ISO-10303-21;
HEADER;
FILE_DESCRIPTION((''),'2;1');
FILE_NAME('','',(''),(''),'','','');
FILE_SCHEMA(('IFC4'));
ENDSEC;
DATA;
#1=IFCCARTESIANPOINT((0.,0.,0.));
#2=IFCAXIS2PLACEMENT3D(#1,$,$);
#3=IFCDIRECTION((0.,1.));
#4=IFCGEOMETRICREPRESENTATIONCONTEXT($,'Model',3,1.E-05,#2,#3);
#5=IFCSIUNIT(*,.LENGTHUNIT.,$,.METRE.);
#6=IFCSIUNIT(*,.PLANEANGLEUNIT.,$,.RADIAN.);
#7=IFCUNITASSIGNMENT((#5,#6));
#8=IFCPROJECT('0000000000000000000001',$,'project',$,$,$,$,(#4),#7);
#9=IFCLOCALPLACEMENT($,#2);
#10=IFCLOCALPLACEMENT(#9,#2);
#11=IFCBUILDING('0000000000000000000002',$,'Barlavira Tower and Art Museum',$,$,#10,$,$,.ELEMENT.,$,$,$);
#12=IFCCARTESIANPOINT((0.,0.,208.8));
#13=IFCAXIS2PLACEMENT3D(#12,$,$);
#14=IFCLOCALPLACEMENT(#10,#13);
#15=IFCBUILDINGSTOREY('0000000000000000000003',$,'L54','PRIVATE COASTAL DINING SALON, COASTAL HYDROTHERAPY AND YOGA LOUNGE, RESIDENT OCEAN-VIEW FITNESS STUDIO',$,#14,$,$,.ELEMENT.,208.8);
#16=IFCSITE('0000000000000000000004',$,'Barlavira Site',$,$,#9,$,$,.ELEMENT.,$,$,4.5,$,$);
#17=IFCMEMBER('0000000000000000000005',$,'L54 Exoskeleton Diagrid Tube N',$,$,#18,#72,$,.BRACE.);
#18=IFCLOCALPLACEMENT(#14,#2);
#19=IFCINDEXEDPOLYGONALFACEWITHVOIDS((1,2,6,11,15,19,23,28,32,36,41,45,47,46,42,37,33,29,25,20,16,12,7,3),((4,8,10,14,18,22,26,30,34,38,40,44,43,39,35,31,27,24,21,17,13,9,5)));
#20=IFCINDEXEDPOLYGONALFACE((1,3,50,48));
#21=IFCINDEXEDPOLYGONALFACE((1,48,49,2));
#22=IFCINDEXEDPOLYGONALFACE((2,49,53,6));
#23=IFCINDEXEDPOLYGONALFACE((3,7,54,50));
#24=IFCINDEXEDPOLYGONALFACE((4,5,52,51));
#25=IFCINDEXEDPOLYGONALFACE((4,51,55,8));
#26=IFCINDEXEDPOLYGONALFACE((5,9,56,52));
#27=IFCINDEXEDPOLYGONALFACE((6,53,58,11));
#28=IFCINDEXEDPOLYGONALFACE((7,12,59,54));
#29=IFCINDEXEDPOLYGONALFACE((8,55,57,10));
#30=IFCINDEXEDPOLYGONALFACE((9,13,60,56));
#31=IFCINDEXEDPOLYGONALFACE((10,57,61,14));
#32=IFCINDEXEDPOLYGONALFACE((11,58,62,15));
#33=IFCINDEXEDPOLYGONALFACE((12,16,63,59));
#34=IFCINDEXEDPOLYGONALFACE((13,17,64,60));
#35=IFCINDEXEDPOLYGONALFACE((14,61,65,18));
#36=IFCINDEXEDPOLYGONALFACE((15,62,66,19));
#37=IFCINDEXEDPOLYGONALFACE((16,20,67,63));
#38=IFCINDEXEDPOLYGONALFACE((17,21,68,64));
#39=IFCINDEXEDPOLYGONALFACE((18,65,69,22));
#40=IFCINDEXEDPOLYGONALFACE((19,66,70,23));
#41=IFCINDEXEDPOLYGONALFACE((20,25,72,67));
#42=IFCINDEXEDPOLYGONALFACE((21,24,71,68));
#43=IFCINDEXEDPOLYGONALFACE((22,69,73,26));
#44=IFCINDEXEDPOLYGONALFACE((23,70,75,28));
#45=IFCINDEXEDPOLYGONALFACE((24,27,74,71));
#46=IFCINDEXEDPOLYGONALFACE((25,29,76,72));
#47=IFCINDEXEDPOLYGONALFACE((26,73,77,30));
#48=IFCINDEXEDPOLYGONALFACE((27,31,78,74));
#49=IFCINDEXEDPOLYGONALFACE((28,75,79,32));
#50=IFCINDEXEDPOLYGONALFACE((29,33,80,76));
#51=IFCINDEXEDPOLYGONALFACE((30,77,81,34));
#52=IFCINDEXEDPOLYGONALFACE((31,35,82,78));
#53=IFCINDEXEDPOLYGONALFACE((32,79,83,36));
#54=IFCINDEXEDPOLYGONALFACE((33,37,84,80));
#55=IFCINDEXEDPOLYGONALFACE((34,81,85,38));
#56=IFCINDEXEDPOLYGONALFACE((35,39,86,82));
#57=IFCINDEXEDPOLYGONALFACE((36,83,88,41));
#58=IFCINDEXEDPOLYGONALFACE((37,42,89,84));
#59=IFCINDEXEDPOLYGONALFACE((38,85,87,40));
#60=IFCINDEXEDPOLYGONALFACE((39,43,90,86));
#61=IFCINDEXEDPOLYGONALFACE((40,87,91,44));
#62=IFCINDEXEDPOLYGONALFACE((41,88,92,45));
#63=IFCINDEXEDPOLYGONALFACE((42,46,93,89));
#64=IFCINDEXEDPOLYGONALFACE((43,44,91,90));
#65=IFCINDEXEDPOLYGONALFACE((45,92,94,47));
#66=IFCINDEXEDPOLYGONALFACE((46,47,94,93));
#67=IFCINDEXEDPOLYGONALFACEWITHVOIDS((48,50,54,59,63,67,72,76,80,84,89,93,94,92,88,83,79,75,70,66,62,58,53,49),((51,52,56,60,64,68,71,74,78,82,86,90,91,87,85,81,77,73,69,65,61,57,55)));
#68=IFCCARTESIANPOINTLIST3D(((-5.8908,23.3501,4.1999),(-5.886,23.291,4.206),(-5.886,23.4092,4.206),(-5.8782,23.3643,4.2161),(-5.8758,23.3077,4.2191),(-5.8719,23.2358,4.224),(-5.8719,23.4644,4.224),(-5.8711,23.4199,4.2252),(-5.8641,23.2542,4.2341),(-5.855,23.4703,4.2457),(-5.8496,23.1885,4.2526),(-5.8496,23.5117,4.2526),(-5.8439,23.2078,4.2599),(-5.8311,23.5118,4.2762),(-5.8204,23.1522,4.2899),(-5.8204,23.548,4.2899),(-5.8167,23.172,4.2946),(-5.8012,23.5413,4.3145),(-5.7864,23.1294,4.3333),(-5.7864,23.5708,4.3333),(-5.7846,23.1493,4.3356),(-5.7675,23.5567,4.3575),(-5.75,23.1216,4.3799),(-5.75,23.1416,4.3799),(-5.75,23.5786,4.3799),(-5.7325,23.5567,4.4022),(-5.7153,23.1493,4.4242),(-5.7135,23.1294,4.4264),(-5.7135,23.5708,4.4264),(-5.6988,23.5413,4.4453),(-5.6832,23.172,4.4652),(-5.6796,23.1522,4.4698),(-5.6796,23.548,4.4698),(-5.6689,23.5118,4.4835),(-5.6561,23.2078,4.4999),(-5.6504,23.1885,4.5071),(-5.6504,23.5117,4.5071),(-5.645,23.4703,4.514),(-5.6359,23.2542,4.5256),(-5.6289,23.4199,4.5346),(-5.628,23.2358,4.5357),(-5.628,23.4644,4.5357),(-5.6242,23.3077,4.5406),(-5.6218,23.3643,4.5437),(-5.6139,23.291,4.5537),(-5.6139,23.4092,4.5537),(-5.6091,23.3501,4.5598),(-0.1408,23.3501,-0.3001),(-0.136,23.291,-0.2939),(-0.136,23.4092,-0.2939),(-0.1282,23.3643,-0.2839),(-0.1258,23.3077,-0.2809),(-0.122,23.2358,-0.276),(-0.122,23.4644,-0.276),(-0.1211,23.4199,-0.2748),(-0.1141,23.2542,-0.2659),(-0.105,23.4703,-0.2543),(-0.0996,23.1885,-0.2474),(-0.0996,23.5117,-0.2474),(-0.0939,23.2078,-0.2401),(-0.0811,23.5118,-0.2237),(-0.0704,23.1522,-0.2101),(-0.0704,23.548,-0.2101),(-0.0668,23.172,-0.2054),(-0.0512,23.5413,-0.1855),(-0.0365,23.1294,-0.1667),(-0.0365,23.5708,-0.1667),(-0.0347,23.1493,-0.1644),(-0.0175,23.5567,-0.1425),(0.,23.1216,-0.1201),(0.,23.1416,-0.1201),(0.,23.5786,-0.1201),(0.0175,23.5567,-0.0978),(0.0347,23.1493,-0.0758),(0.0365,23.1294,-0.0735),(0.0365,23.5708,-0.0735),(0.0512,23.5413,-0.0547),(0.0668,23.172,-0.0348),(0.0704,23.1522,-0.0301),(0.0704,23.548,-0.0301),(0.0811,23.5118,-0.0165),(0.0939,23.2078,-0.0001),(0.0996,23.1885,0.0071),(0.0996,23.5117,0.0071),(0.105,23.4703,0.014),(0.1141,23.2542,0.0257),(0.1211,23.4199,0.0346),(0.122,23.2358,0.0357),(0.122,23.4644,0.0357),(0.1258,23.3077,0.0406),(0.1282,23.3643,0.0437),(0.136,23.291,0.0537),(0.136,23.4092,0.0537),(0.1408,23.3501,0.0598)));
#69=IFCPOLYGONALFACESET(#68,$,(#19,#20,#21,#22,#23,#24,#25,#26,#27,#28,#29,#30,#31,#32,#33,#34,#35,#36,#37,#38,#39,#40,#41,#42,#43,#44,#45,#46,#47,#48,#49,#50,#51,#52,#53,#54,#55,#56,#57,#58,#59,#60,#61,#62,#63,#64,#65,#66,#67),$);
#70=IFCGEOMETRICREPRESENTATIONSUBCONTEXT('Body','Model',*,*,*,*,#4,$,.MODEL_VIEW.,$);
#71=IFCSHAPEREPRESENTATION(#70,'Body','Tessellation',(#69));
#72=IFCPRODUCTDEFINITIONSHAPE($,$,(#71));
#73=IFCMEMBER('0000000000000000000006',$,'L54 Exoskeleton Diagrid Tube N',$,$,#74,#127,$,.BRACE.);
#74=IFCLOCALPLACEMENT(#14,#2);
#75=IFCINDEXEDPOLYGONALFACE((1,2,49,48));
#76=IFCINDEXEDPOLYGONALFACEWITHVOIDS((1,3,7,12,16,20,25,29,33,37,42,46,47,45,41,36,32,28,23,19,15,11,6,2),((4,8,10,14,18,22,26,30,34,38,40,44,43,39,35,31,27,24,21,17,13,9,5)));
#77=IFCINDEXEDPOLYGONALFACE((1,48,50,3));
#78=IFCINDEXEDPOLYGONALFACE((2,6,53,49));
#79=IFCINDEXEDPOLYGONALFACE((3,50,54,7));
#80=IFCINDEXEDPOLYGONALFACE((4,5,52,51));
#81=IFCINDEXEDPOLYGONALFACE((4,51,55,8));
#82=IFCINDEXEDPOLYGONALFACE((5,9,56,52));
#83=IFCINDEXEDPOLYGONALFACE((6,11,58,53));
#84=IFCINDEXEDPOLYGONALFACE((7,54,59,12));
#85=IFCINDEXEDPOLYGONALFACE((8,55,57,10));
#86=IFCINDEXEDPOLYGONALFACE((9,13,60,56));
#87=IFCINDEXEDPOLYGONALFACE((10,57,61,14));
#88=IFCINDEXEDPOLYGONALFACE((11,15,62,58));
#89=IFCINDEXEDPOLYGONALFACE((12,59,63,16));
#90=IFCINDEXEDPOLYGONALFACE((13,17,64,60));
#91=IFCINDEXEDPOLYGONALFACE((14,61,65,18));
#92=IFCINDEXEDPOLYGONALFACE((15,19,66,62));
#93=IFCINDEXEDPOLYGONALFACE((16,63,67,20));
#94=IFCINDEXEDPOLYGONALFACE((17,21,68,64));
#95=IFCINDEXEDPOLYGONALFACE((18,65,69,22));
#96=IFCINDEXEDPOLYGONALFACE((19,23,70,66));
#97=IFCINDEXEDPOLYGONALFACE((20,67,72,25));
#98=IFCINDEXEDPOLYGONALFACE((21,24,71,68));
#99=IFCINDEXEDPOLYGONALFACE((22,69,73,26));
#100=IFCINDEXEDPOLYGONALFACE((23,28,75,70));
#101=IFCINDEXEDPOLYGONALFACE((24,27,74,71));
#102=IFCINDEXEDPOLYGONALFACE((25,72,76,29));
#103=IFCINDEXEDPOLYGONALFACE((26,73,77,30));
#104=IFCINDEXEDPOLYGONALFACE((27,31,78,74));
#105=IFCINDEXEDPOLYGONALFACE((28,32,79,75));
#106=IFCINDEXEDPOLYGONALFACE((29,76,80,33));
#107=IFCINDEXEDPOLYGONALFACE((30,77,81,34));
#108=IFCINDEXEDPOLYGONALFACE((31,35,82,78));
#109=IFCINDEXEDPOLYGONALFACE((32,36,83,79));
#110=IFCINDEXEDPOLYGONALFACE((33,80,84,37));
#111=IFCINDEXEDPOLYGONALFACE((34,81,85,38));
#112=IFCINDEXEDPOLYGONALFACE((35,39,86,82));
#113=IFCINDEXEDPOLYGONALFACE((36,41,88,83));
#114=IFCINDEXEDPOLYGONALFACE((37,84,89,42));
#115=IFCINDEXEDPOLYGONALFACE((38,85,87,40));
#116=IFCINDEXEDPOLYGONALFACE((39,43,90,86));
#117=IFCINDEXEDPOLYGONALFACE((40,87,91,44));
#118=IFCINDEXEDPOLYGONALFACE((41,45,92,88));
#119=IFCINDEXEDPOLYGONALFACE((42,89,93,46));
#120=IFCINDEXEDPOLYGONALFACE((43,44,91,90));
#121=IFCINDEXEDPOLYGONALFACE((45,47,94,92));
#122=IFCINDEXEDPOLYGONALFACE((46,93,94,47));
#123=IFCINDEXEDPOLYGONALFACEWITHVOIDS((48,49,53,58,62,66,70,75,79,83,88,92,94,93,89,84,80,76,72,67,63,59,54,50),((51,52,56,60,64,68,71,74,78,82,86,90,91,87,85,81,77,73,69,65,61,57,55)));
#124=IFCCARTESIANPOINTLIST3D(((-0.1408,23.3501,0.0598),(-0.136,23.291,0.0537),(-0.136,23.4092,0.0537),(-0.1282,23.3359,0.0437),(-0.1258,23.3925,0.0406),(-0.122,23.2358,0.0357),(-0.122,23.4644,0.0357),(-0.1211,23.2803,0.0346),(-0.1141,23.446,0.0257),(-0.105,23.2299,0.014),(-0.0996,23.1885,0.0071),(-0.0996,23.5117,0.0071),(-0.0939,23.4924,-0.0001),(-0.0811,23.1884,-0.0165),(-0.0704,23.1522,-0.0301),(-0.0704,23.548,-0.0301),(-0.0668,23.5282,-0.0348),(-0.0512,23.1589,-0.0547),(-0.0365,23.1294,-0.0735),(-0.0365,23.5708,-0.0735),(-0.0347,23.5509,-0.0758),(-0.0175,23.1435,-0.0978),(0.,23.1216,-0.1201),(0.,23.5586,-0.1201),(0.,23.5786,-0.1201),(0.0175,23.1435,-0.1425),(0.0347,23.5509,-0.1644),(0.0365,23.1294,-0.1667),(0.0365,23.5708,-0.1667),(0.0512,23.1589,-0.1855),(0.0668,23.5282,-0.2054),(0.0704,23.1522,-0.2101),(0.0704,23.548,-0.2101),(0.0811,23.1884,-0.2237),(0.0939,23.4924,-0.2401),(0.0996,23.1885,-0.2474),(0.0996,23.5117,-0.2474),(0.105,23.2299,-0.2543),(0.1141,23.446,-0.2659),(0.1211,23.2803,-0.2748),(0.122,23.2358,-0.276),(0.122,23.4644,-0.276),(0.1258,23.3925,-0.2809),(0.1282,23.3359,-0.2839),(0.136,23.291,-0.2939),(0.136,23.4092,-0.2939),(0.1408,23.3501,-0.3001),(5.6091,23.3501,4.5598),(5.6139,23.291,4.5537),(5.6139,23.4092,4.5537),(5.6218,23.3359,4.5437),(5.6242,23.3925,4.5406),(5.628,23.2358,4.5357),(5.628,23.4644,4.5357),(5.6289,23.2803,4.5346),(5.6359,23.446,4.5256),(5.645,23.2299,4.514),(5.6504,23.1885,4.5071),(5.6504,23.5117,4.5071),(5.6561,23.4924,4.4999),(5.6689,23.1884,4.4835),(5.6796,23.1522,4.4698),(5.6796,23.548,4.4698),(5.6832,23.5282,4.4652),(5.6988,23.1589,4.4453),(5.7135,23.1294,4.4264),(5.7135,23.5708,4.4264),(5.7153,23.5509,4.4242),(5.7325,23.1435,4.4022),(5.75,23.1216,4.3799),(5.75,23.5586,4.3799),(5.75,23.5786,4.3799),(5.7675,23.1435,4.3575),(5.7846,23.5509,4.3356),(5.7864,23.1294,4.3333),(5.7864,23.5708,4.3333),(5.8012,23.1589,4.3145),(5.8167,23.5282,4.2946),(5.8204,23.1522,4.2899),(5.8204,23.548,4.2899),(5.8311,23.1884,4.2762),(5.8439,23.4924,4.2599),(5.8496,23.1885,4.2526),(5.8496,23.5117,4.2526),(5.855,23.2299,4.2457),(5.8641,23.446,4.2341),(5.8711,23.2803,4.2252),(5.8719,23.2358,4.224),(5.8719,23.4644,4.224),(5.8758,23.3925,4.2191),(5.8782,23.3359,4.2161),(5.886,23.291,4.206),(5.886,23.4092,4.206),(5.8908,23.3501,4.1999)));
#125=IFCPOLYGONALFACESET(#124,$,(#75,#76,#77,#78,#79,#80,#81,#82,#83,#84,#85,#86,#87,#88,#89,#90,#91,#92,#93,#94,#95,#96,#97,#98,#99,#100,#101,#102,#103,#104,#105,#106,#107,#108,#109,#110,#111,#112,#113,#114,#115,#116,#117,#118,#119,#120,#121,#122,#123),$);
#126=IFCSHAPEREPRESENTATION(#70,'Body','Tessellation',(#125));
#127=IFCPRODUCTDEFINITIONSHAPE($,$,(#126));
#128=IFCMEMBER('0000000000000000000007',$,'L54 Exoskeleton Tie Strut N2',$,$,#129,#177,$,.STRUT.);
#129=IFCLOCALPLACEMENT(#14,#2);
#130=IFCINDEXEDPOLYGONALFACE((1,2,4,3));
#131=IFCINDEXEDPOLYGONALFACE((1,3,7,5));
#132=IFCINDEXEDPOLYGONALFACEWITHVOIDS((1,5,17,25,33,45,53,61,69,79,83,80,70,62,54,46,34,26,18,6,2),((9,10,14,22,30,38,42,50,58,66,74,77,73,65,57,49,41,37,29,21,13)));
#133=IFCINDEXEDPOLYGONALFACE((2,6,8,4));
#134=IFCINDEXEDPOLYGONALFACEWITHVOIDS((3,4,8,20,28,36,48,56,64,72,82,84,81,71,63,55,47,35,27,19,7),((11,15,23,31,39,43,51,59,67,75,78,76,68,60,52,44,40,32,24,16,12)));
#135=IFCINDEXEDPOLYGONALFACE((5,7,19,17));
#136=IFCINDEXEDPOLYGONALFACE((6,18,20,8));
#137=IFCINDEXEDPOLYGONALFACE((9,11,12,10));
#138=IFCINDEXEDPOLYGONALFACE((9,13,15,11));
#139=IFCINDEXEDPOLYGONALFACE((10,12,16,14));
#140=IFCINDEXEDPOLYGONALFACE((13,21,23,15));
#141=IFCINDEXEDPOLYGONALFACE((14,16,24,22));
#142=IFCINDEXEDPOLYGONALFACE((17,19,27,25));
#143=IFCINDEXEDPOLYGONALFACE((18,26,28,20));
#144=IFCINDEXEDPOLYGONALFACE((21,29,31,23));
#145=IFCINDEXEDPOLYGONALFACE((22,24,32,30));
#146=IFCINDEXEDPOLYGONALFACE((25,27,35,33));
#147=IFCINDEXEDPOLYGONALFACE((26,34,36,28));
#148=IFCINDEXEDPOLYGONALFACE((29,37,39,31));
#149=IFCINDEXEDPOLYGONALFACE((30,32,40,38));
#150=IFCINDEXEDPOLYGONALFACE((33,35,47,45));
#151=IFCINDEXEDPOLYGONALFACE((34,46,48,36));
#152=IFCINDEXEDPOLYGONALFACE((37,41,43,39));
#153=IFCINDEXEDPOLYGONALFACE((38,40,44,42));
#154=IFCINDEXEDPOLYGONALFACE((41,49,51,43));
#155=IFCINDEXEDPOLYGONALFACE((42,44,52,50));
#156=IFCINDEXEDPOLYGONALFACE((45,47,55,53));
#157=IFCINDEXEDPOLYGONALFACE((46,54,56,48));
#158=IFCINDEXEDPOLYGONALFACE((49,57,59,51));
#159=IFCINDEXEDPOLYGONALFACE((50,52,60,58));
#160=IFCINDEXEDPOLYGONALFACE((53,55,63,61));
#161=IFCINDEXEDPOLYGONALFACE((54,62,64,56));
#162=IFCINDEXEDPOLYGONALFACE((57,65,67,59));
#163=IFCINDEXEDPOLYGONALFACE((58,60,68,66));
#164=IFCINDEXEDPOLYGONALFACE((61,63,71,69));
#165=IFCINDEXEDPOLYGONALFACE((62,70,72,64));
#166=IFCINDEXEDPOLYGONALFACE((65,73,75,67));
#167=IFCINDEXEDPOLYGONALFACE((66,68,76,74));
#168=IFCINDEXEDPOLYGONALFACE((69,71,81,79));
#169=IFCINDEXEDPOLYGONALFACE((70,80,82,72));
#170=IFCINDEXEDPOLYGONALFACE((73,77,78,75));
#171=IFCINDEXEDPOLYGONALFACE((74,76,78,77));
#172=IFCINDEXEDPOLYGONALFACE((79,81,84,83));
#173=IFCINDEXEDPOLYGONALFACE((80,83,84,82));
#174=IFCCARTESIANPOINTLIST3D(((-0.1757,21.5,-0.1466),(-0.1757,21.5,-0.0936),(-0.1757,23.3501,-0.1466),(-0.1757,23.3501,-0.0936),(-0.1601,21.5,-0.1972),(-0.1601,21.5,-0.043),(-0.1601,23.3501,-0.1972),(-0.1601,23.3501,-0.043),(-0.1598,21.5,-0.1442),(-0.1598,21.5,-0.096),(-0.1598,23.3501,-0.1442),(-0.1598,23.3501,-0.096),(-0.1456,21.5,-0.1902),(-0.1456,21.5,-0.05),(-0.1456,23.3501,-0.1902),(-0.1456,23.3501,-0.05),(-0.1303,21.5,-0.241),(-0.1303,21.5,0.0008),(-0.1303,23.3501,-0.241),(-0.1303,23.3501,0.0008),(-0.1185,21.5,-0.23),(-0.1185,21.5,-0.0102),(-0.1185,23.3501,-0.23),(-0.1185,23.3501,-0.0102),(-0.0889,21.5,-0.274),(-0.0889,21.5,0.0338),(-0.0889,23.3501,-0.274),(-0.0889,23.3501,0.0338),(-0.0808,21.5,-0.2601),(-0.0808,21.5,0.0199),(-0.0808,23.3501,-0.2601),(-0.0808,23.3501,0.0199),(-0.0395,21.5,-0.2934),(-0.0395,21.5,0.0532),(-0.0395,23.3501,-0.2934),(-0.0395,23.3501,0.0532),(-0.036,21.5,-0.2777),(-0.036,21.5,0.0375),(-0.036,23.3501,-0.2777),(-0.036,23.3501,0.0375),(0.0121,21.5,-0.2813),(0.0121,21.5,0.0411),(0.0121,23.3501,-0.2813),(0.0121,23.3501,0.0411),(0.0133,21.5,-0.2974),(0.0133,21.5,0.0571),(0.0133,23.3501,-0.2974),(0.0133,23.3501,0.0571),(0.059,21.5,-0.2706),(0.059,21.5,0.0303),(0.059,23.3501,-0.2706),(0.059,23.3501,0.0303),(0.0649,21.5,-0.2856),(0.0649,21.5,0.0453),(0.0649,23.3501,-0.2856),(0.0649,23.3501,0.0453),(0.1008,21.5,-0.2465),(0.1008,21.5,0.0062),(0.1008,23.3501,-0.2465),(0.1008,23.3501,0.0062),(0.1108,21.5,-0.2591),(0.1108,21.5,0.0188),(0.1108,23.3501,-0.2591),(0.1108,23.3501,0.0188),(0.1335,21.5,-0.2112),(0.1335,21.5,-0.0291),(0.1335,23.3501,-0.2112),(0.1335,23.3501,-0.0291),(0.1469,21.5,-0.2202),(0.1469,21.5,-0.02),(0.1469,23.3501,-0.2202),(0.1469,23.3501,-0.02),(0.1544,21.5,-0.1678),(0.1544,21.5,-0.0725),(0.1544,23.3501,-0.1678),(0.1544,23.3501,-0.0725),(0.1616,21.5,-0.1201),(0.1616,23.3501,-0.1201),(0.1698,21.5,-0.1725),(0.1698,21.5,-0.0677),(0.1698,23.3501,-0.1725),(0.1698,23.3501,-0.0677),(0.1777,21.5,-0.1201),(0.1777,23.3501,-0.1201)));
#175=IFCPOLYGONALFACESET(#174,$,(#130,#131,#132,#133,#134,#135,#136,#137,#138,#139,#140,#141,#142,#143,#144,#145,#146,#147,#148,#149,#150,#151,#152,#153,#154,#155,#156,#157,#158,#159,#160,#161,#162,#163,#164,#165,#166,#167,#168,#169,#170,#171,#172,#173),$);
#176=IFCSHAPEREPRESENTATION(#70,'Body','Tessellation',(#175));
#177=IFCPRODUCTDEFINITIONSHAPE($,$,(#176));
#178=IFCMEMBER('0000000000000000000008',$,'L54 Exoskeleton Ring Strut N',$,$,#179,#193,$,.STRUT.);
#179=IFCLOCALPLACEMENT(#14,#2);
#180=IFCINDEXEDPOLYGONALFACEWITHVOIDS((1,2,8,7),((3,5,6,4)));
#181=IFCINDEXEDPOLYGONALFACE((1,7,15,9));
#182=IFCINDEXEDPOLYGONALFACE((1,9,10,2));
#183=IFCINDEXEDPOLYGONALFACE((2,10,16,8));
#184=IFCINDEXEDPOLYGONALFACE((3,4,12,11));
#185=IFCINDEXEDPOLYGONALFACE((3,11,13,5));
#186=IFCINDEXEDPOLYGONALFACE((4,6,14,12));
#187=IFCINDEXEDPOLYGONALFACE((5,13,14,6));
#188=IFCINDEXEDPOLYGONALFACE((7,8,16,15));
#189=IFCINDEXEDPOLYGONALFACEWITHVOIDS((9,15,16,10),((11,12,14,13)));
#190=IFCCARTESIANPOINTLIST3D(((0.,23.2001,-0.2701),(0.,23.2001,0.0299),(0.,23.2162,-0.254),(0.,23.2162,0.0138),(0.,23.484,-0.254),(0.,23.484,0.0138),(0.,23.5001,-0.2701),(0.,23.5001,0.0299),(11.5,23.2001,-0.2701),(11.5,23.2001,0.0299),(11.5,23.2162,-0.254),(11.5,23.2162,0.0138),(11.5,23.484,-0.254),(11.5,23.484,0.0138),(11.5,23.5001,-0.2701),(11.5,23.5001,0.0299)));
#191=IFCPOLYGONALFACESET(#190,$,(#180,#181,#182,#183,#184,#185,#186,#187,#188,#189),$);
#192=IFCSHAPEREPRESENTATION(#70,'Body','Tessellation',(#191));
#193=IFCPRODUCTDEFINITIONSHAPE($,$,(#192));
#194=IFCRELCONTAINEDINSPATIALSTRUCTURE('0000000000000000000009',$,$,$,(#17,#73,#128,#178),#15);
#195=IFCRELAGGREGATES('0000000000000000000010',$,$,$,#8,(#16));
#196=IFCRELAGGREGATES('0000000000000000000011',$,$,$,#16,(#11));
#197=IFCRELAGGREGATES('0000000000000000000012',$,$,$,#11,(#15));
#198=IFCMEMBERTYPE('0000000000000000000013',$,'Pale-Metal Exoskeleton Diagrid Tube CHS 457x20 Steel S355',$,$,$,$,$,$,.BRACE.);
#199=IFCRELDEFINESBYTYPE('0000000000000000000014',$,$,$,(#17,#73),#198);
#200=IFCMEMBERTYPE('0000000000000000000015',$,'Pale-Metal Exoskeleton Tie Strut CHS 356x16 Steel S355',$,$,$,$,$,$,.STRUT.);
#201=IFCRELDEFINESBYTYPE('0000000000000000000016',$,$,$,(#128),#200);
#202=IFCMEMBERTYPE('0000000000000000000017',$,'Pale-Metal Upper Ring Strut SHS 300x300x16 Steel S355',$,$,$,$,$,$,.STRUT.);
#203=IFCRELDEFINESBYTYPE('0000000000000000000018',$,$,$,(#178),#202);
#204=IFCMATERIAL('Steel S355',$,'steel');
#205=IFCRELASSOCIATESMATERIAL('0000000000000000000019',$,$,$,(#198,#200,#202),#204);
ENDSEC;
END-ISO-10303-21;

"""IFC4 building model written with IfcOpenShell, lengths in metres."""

from ifc_helpers import new_model, si_unit, direction, frame, origin, origin_2d, place, context, subcontext, project, spatial, hollow_rectangle, hollow_circle, extrude, material, material_profile, profile_set, type_object, element, save


model = new_model("IFC4")

# Units and contexts
model_context = context("Model", 3, precision=1e-05, world=origin(), true_north=direction((0.0, 1.0)))
body_context = subcontext(model_context, "Body", "Model", "MODEL_VIEW")
ifc_project = project(units=[si_unit("LENGTHUNIT", "METRE"), si_unit("PLANEANGLEUNIT", "RADIAN")], contexts=[model_context])

# Site, building, storey
site_placement = place(None, origin())
site = spatial("IfcSite", under=ifc_project, at=site_placement, Name="Barlavira Site", CompositionType="ELEMENT", RefElevation=4.5)
building_placement = place(site_placement, origin())
building = spatial("IfcBuilding", under=site, at=building_placement, Name="Barlavira Tower and Art Museum", CompositionType="ELEMENT")
storey_placement = place(building_placement, frame((0.0, 0.0, 208.8)))
storey = spatial("IfcBuildingStorey", under=building, at=storey_placement, Name="L54", Description="PRIVATE COASTAL DINING SALON, COASTAL HYDROTHERAPY AND YOGA LOUNGE, RESIDENT OCEAN-VIEW FITNESS STUDIO", CompositionType="ELEMENT", Elevation=208.8)

# Members
ifc_material_1 = material(Name="Steel S355", Category="steel")
ifc_material_profile_1 = material_profile(ifc_material_1, hollow_circle(Radius=0.2285, WallThickness=0.02, at=origin_2d()), Name="CHS 457.0x20.0")
ifc_profile_set_1 = profile_set([ifc_material_profile_1], Name="Steel S355")
member_type_1 = type_object("IfcMemberType", Name="Pale-Metal Exoskeleton Diagrid Tube CHS 457x20 Steel S355", PredefinedType="BRACE", material=ifc_profile_set_1)
for number, where, z_axis, x_axis, name in (
    (1, (0.0, 23.3501, -0.1201), (-0.787505, 0.0, 0.616308), (0.0, -1.0, 0.0), "L54 Exoskeleton Diagrid Tube N"),
    (2, (0.0, 23.3501, -0.1201), (0.787505, 0.0, 0.616308), (0.0, 1.0, 0.0), "L54 Exoskeleton Diagrid Tube N"),
):
    element("IfcMember", number, at=place(storey_placement, frame(where, z_axis=z_axis, x_axis=x_axis)), inside=storey, type_object=member_type_1, Name=name, PredefinedType="BRACE", context=body_context, shape_type="SweptSolid", body=[
        extrude(hollow_circle(Radius=0.2285, WallThickness=0.02, at=origin_2d()), origin(), (0.0, 0.0, 1.0), 7.3015),
    ])
ifc_material_profile_2 = material_profile(ifc_material_1, hollow_circle(Radius=0.1777, WallThickness=0.0161, at=origin_2d()), Name="CHS 355.6x16.0")
ifc_profile_set_2 = profile_set([ifc_material_profile_2], Name="Steel S355")
member_type_2 = type_object("IfcMemberType", Name="Pale-Metal Exoskeleton Tie Strut CHS 356x16 Steel S355", PredefinedType="STRUT", material=ifc_profile_set_2)
member_1_placement = place(storey_placement, frame((0.0, 23.3501, -0.1201), z_axis=(0.0, -1.0, 0.0), x_axis=(1.0, 0.0, 0.0)))
element("IfcMember", 3, at=member_1_placement, inside=storey, type_object=member_type_2, Name="L54 Exoskeleton Tie Strut N2", PredefinedType="STRUT", context=body_context, shape_type="SweptSolid", body=[
    extrude(hollow_circle(Radius=0.1777, WallThickness=0.0161, at=origin_2d()), origin(), (0.0, 0.0, 1.0), 1.8501),
])
ifc_material_profile_3 = material_profile(ifc_material_1, hollow_rectangle(XDim=0.3, YDim=0.3, WallThickness=0.0161, at=origin_2d()), Name="SHS 300x300x16.0")
ifc_profile_set_3 = profile_set([ifc_material_profile_3], Name="Steel S355")
member_type_3 = type_object("IfcMemberType", Name="Pale-Metal Upper Ring Strut SHS 300x300x16 Steel S355", PredefinedType="STRUT", material=ifc_profile_set_3)
member_2_placement = place(storey_placement, frame((0.0, 23.3501, -0.1201), z_axis=(1.0, 0.0, 0.0), x_axis=(0.0, 1.0, 0.0)))
element("IfcMember", 4, at=member_2_placement, inside=storey, type_object=member_type_3, Name="L54 Exoskeleton Ring Strut N", PredefinedType="STRUT", context=body_context, shape_type="SweptSolid", body=[
    extrude(hollow_rectangle(XDim=0.3, YDim=0.3, WallThickness=0.0161, at=origin_2d()), origin(), (0.0, 0.0, 1.0), 11.5),
])

save(model, "model.ifc")
